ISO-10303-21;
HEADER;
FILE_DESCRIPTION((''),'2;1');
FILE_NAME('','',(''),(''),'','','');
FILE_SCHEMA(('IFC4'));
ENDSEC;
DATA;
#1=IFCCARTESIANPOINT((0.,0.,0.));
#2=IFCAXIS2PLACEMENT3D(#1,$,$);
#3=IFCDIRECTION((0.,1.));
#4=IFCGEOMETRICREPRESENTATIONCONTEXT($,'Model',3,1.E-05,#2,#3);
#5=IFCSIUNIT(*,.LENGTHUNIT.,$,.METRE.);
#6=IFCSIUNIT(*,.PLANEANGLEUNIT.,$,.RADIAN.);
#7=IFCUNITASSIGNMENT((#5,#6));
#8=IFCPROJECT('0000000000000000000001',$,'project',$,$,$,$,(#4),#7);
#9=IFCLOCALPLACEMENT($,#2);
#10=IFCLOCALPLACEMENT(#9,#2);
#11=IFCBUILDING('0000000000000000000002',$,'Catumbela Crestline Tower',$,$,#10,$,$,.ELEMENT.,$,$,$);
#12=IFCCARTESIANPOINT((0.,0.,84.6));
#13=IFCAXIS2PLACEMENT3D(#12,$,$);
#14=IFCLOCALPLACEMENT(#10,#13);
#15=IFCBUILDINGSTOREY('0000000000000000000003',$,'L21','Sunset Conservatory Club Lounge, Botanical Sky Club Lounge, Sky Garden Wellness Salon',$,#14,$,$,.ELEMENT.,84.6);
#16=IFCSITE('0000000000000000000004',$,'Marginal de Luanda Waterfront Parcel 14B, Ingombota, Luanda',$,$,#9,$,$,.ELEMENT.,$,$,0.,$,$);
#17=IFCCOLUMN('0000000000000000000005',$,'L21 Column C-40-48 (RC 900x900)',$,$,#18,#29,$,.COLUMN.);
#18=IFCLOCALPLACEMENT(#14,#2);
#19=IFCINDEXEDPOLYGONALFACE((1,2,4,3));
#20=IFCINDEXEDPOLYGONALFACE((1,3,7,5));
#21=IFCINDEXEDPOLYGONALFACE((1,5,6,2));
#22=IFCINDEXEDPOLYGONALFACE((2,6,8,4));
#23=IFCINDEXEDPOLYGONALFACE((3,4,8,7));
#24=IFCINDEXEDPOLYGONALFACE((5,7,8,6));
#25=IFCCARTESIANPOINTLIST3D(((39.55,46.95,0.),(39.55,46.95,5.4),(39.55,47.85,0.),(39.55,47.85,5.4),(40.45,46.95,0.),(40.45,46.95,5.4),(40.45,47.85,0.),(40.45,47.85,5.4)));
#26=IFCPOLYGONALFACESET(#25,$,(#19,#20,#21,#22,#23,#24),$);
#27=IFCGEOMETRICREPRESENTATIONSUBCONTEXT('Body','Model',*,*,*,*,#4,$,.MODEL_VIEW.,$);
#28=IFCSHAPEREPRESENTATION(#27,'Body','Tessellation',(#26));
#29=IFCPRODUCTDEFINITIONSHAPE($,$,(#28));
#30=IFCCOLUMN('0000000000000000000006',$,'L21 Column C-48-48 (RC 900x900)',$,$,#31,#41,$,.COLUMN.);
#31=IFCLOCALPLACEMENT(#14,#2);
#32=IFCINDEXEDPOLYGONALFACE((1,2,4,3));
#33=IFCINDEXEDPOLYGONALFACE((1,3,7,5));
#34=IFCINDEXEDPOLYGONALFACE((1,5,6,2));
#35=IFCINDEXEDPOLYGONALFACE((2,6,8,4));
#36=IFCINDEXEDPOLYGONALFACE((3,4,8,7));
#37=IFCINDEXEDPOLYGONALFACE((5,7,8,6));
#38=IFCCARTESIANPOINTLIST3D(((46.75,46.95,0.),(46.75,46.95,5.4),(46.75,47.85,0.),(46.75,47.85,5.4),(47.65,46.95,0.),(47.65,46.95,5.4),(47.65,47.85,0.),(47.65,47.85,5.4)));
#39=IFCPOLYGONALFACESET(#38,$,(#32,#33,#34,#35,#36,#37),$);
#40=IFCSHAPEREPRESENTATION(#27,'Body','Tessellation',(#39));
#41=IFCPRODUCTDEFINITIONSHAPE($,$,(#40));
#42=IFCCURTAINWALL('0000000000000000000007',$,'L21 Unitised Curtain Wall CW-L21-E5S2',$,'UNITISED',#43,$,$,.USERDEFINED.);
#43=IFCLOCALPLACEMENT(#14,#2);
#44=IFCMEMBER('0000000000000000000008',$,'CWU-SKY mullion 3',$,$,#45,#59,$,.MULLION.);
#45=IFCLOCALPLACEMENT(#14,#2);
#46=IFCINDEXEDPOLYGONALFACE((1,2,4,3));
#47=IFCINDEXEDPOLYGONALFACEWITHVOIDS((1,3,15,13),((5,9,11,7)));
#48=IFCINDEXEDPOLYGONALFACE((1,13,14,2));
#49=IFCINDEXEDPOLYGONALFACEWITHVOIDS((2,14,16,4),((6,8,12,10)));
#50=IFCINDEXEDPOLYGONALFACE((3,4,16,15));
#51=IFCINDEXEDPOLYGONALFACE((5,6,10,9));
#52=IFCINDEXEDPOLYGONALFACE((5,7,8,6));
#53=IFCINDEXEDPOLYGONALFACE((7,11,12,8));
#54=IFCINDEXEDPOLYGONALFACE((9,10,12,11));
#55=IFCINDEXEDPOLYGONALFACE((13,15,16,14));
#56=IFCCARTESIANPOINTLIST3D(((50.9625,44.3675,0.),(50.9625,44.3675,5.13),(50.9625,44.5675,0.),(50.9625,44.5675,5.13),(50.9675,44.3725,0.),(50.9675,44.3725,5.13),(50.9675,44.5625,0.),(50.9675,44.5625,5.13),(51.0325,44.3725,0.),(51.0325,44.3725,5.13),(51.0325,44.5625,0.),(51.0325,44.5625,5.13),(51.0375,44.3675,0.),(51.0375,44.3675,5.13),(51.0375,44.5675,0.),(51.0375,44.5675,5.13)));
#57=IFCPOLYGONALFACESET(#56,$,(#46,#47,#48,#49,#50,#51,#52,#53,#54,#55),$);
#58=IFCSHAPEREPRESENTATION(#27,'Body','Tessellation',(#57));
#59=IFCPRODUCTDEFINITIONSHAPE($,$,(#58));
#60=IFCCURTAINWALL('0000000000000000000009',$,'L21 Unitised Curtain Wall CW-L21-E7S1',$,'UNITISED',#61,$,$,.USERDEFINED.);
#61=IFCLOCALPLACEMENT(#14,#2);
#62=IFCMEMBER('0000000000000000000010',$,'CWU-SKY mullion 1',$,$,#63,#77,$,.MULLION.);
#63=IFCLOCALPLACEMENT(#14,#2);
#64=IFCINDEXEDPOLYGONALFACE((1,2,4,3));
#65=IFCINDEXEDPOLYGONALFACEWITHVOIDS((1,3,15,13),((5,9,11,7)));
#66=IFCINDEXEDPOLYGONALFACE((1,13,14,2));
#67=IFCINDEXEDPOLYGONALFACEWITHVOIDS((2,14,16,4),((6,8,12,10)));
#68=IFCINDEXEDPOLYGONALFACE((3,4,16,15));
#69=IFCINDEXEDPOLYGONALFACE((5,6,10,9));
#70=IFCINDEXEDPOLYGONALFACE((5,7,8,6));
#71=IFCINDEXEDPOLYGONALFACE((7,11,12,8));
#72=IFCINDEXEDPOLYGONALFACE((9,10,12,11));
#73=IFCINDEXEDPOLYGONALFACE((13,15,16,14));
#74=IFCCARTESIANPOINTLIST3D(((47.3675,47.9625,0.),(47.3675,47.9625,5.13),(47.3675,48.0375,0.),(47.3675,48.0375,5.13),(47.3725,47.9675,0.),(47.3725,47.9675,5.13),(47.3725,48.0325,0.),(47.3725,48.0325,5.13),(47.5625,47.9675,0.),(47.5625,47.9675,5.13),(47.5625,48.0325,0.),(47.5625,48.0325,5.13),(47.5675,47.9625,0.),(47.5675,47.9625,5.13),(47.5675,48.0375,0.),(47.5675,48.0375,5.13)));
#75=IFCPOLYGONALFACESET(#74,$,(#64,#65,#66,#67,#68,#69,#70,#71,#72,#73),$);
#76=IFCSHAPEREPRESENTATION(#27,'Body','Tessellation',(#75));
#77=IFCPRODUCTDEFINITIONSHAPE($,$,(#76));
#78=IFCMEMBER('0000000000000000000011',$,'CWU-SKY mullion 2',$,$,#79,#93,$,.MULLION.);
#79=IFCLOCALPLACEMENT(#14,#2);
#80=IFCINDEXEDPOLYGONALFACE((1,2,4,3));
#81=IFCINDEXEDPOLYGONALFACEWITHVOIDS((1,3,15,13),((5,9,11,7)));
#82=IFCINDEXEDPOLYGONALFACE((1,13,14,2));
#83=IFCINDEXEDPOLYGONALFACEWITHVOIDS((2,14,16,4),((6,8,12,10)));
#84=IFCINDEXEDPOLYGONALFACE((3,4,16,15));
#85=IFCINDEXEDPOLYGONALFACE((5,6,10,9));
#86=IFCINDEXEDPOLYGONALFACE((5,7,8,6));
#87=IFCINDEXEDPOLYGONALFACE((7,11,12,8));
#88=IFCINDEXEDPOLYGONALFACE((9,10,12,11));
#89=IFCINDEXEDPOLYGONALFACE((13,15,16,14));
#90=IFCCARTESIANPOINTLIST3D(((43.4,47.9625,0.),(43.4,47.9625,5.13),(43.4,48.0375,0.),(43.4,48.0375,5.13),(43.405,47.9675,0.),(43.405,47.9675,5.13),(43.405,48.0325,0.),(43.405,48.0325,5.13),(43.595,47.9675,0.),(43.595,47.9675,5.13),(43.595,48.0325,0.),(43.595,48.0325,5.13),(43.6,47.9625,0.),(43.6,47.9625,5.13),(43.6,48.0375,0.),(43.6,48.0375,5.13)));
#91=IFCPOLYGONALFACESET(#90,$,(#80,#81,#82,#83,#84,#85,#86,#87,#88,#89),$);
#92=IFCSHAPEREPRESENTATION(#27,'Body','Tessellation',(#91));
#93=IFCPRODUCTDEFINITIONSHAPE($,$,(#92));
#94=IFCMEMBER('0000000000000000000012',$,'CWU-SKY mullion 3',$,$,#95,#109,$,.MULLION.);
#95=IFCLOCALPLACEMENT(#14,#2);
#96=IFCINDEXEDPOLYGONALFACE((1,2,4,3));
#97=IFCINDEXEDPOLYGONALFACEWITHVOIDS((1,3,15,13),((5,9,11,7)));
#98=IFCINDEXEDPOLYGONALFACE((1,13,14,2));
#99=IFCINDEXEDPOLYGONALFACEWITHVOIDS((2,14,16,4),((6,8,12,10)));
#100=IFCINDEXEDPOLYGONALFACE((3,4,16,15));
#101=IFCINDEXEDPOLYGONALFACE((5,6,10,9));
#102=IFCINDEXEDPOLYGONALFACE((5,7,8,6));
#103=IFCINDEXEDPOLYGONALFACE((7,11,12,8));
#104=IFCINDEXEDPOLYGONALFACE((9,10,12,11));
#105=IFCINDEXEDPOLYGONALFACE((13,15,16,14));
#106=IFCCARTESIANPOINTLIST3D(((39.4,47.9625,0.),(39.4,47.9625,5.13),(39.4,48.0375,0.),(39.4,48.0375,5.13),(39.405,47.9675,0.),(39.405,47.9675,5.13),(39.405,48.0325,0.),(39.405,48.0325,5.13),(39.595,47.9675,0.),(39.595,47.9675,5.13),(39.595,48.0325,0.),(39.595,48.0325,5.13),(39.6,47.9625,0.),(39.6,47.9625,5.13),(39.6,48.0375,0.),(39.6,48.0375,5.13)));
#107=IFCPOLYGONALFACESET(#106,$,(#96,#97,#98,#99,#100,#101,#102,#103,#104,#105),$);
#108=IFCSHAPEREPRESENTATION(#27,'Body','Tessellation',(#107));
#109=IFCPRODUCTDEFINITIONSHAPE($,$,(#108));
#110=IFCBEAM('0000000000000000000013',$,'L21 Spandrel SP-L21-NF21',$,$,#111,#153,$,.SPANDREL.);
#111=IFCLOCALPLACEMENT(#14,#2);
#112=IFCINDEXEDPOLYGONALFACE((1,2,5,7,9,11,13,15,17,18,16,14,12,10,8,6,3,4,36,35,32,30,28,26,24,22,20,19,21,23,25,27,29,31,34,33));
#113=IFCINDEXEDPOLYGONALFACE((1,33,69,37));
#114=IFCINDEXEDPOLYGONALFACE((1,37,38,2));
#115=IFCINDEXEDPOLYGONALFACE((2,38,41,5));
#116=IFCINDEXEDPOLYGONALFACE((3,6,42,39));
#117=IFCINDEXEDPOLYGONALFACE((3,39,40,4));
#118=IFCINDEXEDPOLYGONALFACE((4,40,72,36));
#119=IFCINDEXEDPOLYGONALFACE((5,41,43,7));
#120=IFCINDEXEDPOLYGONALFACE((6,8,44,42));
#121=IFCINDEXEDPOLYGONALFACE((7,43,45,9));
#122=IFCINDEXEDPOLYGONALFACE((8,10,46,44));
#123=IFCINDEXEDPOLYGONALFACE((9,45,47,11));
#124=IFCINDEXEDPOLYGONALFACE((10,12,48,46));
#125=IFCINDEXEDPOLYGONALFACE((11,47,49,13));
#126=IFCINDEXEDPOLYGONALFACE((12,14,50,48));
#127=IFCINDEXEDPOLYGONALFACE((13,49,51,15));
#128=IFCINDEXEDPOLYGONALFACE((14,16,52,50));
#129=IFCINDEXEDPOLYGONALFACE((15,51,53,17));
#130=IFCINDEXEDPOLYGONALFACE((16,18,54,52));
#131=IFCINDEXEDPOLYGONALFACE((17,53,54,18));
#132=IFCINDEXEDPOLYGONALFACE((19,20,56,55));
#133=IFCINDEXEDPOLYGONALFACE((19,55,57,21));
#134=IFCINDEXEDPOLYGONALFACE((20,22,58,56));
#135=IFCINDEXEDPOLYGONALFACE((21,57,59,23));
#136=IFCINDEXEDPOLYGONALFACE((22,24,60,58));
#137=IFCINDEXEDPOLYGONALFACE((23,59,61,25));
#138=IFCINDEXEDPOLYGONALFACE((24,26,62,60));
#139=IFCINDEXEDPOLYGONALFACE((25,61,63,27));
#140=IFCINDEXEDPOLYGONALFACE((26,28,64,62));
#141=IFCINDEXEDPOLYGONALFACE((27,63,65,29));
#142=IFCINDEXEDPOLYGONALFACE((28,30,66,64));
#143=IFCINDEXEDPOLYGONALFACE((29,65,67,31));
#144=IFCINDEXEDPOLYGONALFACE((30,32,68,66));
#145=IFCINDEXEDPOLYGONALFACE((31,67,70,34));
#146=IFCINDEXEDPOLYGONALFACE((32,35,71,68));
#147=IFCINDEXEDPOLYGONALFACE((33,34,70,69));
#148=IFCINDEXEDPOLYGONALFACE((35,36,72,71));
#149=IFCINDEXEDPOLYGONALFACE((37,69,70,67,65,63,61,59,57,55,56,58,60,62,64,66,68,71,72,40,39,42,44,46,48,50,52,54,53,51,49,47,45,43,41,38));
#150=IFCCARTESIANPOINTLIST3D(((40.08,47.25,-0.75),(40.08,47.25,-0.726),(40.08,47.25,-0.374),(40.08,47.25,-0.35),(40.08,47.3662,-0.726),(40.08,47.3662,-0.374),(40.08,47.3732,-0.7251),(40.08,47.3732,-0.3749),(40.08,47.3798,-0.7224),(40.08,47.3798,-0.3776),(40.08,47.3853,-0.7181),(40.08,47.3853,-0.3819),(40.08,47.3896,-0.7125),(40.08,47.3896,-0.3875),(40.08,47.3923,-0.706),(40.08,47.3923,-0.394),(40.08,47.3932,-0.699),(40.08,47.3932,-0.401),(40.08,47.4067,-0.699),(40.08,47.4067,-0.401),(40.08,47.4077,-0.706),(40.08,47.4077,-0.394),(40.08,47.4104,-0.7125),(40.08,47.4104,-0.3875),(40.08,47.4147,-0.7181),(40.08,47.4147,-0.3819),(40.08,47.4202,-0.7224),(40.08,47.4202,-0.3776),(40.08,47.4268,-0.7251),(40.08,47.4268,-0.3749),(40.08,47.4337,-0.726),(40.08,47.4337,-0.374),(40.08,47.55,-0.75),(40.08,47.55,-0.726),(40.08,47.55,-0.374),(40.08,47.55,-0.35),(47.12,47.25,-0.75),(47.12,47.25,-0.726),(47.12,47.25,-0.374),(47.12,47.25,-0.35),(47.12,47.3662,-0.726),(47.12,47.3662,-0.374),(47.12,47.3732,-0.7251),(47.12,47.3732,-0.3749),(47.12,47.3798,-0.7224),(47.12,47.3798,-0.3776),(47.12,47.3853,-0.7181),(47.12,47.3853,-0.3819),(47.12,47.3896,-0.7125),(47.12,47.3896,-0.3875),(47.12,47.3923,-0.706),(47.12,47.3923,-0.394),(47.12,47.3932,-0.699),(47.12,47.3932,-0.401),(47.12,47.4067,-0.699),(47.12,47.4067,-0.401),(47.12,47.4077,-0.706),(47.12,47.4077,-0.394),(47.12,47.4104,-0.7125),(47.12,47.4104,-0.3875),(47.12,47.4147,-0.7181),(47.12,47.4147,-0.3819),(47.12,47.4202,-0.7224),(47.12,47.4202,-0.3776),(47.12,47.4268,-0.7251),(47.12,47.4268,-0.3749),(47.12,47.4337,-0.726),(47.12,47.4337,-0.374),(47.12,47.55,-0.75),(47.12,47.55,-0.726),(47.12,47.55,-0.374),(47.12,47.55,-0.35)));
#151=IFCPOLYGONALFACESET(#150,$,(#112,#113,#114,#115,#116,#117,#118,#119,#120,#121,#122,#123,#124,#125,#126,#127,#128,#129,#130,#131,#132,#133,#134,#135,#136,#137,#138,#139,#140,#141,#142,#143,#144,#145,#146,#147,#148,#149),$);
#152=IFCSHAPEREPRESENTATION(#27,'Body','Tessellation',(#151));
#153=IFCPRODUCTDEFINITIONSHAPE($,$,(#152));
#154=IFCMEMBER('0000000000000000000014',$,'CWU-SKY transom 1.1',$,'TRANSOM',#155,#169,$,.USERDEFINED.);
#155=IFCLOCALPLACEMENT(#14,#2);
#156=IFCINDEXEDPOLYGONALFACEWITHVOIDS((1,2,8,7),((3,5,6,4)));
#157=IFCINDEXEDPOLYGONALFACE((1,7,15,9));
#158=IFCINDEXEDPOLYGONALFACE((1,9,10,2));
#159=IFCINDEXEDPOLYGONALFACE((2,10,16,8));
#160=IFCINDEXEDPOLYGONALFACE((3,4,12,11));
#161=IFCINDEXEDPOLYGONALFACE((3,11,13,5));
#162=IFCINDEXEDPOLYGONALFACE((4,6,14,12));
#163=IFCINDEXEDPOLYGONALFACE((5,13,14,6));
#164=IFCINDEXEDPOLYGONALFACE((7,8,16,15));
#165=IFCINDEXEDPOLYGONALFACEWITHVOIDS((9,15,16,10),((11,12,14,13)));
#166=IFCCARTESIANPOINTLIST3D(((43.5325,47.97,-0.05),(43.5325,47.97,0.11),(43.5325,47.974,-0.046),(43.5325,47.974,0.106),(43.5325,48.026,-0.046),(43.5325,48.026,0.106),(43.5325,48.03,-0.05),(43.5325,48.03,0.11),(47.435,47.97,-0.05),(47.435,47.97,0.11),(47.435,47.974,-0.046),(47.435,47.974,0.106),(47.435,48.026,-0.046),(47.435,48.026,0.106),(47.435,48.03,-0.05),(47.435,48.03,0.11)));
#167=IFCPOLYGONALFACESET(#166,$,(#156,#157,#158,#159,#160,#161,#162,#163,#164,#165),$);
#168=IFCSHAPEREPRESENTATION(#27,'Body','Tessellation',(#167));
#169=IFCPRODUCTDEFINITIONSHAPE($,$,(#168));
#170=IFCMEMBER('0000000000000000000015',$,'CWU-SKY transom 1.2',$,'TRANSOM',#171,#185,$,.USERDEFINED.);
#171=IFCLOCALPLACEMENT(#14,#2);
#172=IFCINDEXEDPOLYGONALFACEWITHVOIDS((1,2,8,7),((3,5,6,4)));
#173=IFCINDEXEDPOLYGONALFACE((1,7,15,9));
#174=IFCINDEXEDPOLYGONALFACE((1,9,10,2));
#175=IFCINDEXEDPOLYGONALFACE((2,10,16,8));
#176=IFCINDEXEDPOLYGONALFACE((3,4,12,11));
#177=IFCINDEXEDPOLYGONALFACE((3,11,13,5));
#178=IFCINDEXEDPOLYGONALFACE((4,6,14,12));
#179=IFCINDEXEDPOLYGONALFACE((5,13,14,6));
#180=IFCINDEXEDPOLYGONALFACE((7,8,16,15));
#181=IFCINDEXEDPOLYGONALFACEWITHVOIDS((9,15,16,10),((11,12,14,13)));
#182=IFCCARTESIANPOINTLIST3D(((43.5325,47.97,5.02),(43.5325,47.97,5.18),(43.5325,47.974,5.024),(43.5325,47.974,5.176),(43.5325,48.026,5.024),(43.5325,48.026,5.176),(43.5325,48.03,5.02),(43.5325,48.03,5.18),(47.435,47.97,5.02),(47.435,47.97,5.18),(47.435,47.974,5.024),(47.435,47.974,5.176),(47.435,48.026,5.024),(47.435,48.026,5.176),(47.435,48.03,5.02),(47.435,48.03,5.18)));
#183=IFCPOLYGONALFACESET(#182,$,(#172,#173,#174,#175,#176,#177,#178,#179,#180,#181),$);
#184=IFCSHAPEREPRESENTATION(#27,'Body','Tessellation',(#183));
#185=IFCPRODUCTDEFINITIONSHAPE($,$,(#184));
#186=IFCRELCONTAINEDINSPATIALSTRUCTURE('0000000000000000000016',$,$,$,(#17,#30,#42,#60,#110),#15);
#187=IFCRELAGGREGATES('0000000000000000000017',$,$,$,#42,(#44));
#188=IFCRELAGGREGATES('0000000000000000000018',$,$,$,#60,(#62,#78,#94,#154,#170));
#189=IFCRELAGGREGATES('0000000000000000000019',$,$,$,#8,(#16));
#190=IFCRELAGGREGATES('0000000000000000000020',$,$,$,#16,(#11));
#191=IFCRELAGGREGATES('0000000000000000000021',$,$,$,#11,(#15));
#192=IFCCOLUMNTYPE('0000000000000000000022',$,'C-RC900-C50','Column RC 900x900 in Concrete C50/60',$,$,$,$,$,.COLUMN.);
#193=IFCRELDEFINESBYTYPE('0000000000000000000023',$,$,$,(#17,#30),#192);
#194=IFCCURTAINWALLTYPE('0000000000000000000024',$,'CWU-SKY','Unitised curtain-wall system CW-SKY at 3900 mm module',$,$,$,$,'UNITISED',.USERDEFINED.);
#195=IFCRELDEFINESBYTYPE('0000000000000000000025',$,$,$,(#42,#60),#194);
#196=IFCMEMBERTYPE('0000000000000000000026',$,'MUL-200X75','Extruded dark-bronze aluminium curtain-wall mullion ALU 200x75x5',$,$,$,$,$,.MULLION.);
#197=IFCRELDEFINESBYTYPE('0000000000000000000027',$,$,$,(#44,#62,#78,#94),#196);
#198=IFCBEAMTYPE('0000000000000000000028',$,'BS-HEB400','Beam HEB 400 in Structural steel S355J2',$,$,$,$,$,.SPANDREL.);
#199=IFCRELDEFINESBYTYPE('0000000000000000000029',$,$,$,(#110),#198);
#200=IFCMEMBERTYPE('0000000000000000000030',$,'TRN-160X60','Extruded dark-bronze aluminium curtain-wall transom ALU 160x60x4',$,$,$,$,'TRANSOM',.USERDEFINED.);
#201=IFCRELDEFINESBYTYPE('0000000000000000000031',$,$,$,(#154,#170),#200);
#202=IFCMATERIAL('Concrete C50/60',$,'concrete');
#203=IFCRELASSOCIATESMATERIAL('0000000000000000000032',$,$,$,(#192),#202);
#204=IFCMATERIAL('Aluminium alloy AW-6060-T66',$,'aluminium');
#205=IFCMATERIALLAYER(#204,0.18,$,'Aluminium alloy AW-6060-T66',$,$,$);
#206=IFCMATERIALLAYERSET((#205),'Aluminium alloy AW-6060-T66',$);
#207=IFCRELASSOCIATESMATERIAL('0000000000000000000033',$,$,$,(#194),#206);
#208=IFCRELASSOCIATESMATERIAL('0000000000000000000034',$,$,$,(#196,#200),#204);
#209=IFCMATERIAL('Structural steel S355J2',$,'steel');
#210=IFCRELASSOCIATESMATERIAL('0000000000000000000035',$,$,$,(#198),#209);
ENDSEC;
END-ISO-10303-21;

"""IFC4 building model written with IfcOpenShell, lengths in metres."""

from ifc_helpers import new_model, si_unit, direction, frame, origin, origin_2d, place, context, subcontext, project, spatial, rectangle, hollow_rectangle, i_section, extrude, material, layer, layer_set, material_profile, profile_set, type_object, element, aggregate, save


model = new_model("IFC4")

# Units and contexts
model_context = context("Model", 3, precision=1e-05, world=origin(), true_north=direction((0.0, 1.0)))
body_context = subcontext(model_context, "Body", "Model", "MODEL_VIEW")
ifc_project = project(units=[si_unit("LENGTHUNIT", "METRE"), si_unit("PLANEANGLEUNIT", "RADIAN")], contexts=[model_context])

# Site, building, storey
site_placement = place(None, origin())
site = spatial("IfcSite", under=ifc_project, at=site_placement, Name="Marginal de Luanda Waterfront Parcel 14B, Ingombota, Luanda", CompositionType="ELEMENT", RefElevation=0.0)
building_placement = place(site_placement, origin())
building = spatial("IfcBuilding", under=site, at=building_placement, Name="Catumbela Crestline Tower", CompositionType="ELEMENT")
storey_placement = place(building_placement, frame((0.0, 0.0, 84.6)))
storey = spatial("IfcBuildingStorey", under=building, at=storey_placement, Name="L21", Description="Sunset Conservatory Club Lounge, Botanical Sky Club Lounge, Sky Garden Wellness Salon", CompositionType="ELEMENT", Elevation=84.6)

# Columns
ifc_material_1 = material(Name="Concrete C50/60", Category="concrete")
ifc_material_profile_1 = material_profile(ifc_material_1, rectangle(XDim=0.9, YDim=0.9, at=origin_2d()), Name="RC 900x900")
ifc_profile_set_1 = profile_set([ifc_material_profile_1], Name="Concrete C50/60")
column_type = type_object("IfcColumnType", Name="C-RC900-C50", Description="Column RC 900x900 in Concrete C50/60", PredefinedType="COLUMN", material=ifc_profile_set_1)
for number, where, z_axis, x_axis, name in (
    (1, (40.0, 47.4, 0.0), (0.0, 0.0, 1.0), (1.0, 0.0, 0.0), "L21 Column C-40-48 (RC 900x900)"),
    (2, (47.2, 47.4, 0.0), (0.0, 0.0, 1.0), (1.0, 0.0, 0.0), "L21 Column C-48-48 (RC 900x900)"),
):
    element("IfcColumn", number, at=place(storey_placement, frame(where, z_axis=z_axis, x_axis=x_axis)), inside=storey, type_object=column_type, Name=name, PredefinedType="COLUMN", context=body_context, shape_type="SweptSolid", body=[
        extrude(rectangle(XDim=0.9, YDim=0.9, at=origin_2d()), origin(), (0.0, 0.0, 1.0), 5.4),
    ])

# Curtain wall, member
ifc_material_2 = material(Name="Aluminium alloy AW-6060-T66", Category="aluminium")
ifc_layer_1 = layer(ifc_material_2, 0.18, Name="Aluminium alloy AW-6060-T66")
ifc_layer_set_1 = layer_set([ifc_layer_1], Name="Aluminium alloy AW-6060-T66")
curtain_wall_type = type_object("IfcCurtainWallType", Name="CWU-SKY", Description="Unitised curtain-wall system CW-SKY at 3900 mm module", ElementType="UNITISED", PredefinedType="USERDEFINED", material=ifc_layer_set_1)
curtain_wall_1_placement = place(storey_placement, origin())
curtain_wall_1 = element("IfcCurtainWall", 3, at=curtain_wall_1_placement, inside=storey, type_object=curtain_wall_type, Name="L21 Unitised Curtain Wall CW-L21-E5S2", ObjectType="UNITISED", PredefinedType="USERDEFINED")
ifc_material_profile_2 = material_profile(ifc_material_2, hollow_rectangle(XDim=0.075, YDim=0.2, WallThickness=0.005, at=origin_2d()), Name="ALU 200x75x5")
ifc_profile_set_2 = profile_set([ifc_material_profile_2], Name="Aluminium alloy AW-6060-T66")
member_type_1 = type_object("IfcMemberType", Name="MUL-200X75", Description="Extruded dark-bronze aluminium curtain-wall mullion ALU 200x75x5", PredefinedType="MULLION", material=ifc_profile_set_2)
member_1_placement = place(storey_placement, frame((51.0, 44.4675, 0.0), z_axis=(0.0, 0.0, 1.0), x_axis=(-1.0, 0.0, 0.0)))
member_1 = element("IfcMember", 4, at=member_1_placement, type_object=member_type_1, Name="CWU-SKY mullion 3", PredefinedType="MULLION", context=body_context, shape_type="SweptSolid", body=[
    extrude(hollow_rectangle(XDim=0.075, YDim=0.2, WallThickness=0.005, at=origin_2d()), origin(), (0.0, 0.0, 1.0), 5.13),
])

# Curtain wall, members
curtain_wall_2_placement = place(storey_placement, origin())
curtain_wall_2 = element("IfcCurtainWall", 5, at=curtain_wall_2_placement, inside=storey, type_object=curtain_wall_type, Name="L21 Unitised Curtain Wall CW-L21-E7S1", ObjectType="UNITISED", PredefinedType="USERDEFINED")
member_2_placement = place(storey_placement, frame((47.4675, 48.0, 0.0), z_axis=(0.0, 0.0, 1.0), x_axis=(0.0, -1.0, 0.0)))
member_2 = element("IfcMember", 6, at=member_2_placement, type_object=member_type_1, Name="CWU-SKY mullion 1", PredefinedType="MULLION", context=body_context, shape_type="SweptSolid", body=[
    extrude(hollow_rectangle(XDim=0.075, YDim=0.2, WallThickness=0.005, at=origin_2d()), origin(), (0.0, 0.0, 1.0), 5.13),
])
member_3_placement = place(storey_placement, frame((43.5, 48.0, 0.0), z_axis=(0.0, 0.0, 1.0), x_axis=(0.0, -1.0, 0.0)))
member_3 = element("IfcMember", 7, at=member_3_placement, type_object=member_type_1, Name="CWU-SKY mullion 2", PredefinedType="MULLION", context=body_context, shape_type="SweptSolid", body=[
    extrude(hollow_rectangle(XDim=0.075, YDim=0.2, WallThickness=0.005, at=origin_2d()), origin(), (0.0, 0.0, 1.0), 5.13),
])
member_4_placement = place(storey_placement, frame((39.5, 48.0, 0.0), z_axis=(0.0, 0.0, 1.0), x_axis=(0.0, -1.0, 0.0)))
member_4 = element("IfcMember", 8, at=member_4_placement, type_object=member_type_1, Name="CWU-SKY mullion 3", PredefinedType="MULLION", context=body_context, shape_type="SweptSolid", body=[
    extrude(hollow_rectangle(XDim=0.075, YDim=0.2, WallThickness=0.005, at=origin_2d()), origin(), (0.0, 0.0, 1.0), 5.13),
])

# Beam
ifc_material_3 = material(Name="Structural steel S355J2", Category="steel")
ifc_material_profile_3 = material_profile(ifc_material_3, i_section(OverallWidth=0.3, OverallDepth=0.4, WebThickness=0.0135, FlangeThickness=0.024, FilletRadius=0.027, at=origin_2d()), Name="HEB 400")
ifc_profile_set_3 = profile_set([ifc_material_profile_3], Name="Structural steel S355J2")
beam_type = type_object("IfcBeamType", Name="BS-HEB400", Description="Beam HEB 400 in Structural steel S355J2", PredefinedType="SPANDREL", material=ifc_profile_set_3)
beam_placement = place(storey_placement, frame((40.08, 47.4, -0.55), z_axis=(1.0, 0.0, 0.0), x_axis=(0.0, 1.0, 0.0)))
element("IfcBeam", 9, at=beam_placement, inside=storey, type_object=beam_type, Name="L21 Spandrel SP-L21-NF21", PredefinedType="SPANDREL", context=body_context, shape_type="SweptSolid", body=[
    extrude(i_section(OverallWidth=0.3, OverallDepth=0.4, WebThickness=0.0135, FlangeThickness=0.024, FilletRadius=0.027, at=origin_2d()), origin(), (0.0, 0.0, 1.0), 7.04),
])

# Members
ifc_material_profile_4 = material_profile(ifc_material_2, hollow_rectangle(XDim=0.06, YDim=0.16, WallThickness=0.004, at=origin_2d()), Name="ALU 160x60x4")
ifc_profile_set_4 = profile_set([ifc_material_profile_4], Name="Aluminium alloy AW-6060-T66")
member_type_2 = type_object("IfcMemberType", Name="TRN-160X60", Description="Extruded dark-bronze aluminium curtain-wall transom ALU 160x60x4", ElementType="TRANSOM", PredefinedType="USERDEFINED", material=ifc_profile_set_4)
member_5_placement = place(storey_placement, frame((47.435, 48.0, 0.03), z_axis=(-1.0, 0.0, 0.0), x_axis=(0.0, -1.0, 0.0)))
member_5 = element("IfcMember", 10, at=member_5_placement, type_object=member_type_2, Name="CWU-SKY transom 1.1", ObjectType="TRANSOM", PredefinedType="USERDEFINED", context=body_context, shape_type="SweptSolid", body=[
    extrude(hollow_rectangle(XDim=0.06, YDim=0.16, WallThickness=0.004, at=origin_2d()), origin(), (0.0, 0.0, 1.0), 3.9025),
])
member_6_placement = place(storey_placement, frame((47.435, 48.0, 5.1), z_axis=(-1.0, 0.0, 0.0), x_axis=(0.0, -1.0, 0.0)))
member_6 = element("IfcMember", 11, at=member_6_placement, type_object=member_type_2, Name="CWU-SKY transom 1.2", ObjectType="TRANSOM", PredefinedType="USERDEFINED", context=body_context, shape_type="SweptSolid", body=[
    extrude(hollow_rectangle(XDim=0.06, YDim=0.16, WallThickness=0.004, at=origin_2d()), origin(), (0.0, 0.0, 1.0), 3.9025),
])

aggregate(curtain_wall_1, [member_1])
aggregate(curtain_wall_2, [member_2, member_3, member_4, member_5, member_6])

save(model, "model.ifc")
